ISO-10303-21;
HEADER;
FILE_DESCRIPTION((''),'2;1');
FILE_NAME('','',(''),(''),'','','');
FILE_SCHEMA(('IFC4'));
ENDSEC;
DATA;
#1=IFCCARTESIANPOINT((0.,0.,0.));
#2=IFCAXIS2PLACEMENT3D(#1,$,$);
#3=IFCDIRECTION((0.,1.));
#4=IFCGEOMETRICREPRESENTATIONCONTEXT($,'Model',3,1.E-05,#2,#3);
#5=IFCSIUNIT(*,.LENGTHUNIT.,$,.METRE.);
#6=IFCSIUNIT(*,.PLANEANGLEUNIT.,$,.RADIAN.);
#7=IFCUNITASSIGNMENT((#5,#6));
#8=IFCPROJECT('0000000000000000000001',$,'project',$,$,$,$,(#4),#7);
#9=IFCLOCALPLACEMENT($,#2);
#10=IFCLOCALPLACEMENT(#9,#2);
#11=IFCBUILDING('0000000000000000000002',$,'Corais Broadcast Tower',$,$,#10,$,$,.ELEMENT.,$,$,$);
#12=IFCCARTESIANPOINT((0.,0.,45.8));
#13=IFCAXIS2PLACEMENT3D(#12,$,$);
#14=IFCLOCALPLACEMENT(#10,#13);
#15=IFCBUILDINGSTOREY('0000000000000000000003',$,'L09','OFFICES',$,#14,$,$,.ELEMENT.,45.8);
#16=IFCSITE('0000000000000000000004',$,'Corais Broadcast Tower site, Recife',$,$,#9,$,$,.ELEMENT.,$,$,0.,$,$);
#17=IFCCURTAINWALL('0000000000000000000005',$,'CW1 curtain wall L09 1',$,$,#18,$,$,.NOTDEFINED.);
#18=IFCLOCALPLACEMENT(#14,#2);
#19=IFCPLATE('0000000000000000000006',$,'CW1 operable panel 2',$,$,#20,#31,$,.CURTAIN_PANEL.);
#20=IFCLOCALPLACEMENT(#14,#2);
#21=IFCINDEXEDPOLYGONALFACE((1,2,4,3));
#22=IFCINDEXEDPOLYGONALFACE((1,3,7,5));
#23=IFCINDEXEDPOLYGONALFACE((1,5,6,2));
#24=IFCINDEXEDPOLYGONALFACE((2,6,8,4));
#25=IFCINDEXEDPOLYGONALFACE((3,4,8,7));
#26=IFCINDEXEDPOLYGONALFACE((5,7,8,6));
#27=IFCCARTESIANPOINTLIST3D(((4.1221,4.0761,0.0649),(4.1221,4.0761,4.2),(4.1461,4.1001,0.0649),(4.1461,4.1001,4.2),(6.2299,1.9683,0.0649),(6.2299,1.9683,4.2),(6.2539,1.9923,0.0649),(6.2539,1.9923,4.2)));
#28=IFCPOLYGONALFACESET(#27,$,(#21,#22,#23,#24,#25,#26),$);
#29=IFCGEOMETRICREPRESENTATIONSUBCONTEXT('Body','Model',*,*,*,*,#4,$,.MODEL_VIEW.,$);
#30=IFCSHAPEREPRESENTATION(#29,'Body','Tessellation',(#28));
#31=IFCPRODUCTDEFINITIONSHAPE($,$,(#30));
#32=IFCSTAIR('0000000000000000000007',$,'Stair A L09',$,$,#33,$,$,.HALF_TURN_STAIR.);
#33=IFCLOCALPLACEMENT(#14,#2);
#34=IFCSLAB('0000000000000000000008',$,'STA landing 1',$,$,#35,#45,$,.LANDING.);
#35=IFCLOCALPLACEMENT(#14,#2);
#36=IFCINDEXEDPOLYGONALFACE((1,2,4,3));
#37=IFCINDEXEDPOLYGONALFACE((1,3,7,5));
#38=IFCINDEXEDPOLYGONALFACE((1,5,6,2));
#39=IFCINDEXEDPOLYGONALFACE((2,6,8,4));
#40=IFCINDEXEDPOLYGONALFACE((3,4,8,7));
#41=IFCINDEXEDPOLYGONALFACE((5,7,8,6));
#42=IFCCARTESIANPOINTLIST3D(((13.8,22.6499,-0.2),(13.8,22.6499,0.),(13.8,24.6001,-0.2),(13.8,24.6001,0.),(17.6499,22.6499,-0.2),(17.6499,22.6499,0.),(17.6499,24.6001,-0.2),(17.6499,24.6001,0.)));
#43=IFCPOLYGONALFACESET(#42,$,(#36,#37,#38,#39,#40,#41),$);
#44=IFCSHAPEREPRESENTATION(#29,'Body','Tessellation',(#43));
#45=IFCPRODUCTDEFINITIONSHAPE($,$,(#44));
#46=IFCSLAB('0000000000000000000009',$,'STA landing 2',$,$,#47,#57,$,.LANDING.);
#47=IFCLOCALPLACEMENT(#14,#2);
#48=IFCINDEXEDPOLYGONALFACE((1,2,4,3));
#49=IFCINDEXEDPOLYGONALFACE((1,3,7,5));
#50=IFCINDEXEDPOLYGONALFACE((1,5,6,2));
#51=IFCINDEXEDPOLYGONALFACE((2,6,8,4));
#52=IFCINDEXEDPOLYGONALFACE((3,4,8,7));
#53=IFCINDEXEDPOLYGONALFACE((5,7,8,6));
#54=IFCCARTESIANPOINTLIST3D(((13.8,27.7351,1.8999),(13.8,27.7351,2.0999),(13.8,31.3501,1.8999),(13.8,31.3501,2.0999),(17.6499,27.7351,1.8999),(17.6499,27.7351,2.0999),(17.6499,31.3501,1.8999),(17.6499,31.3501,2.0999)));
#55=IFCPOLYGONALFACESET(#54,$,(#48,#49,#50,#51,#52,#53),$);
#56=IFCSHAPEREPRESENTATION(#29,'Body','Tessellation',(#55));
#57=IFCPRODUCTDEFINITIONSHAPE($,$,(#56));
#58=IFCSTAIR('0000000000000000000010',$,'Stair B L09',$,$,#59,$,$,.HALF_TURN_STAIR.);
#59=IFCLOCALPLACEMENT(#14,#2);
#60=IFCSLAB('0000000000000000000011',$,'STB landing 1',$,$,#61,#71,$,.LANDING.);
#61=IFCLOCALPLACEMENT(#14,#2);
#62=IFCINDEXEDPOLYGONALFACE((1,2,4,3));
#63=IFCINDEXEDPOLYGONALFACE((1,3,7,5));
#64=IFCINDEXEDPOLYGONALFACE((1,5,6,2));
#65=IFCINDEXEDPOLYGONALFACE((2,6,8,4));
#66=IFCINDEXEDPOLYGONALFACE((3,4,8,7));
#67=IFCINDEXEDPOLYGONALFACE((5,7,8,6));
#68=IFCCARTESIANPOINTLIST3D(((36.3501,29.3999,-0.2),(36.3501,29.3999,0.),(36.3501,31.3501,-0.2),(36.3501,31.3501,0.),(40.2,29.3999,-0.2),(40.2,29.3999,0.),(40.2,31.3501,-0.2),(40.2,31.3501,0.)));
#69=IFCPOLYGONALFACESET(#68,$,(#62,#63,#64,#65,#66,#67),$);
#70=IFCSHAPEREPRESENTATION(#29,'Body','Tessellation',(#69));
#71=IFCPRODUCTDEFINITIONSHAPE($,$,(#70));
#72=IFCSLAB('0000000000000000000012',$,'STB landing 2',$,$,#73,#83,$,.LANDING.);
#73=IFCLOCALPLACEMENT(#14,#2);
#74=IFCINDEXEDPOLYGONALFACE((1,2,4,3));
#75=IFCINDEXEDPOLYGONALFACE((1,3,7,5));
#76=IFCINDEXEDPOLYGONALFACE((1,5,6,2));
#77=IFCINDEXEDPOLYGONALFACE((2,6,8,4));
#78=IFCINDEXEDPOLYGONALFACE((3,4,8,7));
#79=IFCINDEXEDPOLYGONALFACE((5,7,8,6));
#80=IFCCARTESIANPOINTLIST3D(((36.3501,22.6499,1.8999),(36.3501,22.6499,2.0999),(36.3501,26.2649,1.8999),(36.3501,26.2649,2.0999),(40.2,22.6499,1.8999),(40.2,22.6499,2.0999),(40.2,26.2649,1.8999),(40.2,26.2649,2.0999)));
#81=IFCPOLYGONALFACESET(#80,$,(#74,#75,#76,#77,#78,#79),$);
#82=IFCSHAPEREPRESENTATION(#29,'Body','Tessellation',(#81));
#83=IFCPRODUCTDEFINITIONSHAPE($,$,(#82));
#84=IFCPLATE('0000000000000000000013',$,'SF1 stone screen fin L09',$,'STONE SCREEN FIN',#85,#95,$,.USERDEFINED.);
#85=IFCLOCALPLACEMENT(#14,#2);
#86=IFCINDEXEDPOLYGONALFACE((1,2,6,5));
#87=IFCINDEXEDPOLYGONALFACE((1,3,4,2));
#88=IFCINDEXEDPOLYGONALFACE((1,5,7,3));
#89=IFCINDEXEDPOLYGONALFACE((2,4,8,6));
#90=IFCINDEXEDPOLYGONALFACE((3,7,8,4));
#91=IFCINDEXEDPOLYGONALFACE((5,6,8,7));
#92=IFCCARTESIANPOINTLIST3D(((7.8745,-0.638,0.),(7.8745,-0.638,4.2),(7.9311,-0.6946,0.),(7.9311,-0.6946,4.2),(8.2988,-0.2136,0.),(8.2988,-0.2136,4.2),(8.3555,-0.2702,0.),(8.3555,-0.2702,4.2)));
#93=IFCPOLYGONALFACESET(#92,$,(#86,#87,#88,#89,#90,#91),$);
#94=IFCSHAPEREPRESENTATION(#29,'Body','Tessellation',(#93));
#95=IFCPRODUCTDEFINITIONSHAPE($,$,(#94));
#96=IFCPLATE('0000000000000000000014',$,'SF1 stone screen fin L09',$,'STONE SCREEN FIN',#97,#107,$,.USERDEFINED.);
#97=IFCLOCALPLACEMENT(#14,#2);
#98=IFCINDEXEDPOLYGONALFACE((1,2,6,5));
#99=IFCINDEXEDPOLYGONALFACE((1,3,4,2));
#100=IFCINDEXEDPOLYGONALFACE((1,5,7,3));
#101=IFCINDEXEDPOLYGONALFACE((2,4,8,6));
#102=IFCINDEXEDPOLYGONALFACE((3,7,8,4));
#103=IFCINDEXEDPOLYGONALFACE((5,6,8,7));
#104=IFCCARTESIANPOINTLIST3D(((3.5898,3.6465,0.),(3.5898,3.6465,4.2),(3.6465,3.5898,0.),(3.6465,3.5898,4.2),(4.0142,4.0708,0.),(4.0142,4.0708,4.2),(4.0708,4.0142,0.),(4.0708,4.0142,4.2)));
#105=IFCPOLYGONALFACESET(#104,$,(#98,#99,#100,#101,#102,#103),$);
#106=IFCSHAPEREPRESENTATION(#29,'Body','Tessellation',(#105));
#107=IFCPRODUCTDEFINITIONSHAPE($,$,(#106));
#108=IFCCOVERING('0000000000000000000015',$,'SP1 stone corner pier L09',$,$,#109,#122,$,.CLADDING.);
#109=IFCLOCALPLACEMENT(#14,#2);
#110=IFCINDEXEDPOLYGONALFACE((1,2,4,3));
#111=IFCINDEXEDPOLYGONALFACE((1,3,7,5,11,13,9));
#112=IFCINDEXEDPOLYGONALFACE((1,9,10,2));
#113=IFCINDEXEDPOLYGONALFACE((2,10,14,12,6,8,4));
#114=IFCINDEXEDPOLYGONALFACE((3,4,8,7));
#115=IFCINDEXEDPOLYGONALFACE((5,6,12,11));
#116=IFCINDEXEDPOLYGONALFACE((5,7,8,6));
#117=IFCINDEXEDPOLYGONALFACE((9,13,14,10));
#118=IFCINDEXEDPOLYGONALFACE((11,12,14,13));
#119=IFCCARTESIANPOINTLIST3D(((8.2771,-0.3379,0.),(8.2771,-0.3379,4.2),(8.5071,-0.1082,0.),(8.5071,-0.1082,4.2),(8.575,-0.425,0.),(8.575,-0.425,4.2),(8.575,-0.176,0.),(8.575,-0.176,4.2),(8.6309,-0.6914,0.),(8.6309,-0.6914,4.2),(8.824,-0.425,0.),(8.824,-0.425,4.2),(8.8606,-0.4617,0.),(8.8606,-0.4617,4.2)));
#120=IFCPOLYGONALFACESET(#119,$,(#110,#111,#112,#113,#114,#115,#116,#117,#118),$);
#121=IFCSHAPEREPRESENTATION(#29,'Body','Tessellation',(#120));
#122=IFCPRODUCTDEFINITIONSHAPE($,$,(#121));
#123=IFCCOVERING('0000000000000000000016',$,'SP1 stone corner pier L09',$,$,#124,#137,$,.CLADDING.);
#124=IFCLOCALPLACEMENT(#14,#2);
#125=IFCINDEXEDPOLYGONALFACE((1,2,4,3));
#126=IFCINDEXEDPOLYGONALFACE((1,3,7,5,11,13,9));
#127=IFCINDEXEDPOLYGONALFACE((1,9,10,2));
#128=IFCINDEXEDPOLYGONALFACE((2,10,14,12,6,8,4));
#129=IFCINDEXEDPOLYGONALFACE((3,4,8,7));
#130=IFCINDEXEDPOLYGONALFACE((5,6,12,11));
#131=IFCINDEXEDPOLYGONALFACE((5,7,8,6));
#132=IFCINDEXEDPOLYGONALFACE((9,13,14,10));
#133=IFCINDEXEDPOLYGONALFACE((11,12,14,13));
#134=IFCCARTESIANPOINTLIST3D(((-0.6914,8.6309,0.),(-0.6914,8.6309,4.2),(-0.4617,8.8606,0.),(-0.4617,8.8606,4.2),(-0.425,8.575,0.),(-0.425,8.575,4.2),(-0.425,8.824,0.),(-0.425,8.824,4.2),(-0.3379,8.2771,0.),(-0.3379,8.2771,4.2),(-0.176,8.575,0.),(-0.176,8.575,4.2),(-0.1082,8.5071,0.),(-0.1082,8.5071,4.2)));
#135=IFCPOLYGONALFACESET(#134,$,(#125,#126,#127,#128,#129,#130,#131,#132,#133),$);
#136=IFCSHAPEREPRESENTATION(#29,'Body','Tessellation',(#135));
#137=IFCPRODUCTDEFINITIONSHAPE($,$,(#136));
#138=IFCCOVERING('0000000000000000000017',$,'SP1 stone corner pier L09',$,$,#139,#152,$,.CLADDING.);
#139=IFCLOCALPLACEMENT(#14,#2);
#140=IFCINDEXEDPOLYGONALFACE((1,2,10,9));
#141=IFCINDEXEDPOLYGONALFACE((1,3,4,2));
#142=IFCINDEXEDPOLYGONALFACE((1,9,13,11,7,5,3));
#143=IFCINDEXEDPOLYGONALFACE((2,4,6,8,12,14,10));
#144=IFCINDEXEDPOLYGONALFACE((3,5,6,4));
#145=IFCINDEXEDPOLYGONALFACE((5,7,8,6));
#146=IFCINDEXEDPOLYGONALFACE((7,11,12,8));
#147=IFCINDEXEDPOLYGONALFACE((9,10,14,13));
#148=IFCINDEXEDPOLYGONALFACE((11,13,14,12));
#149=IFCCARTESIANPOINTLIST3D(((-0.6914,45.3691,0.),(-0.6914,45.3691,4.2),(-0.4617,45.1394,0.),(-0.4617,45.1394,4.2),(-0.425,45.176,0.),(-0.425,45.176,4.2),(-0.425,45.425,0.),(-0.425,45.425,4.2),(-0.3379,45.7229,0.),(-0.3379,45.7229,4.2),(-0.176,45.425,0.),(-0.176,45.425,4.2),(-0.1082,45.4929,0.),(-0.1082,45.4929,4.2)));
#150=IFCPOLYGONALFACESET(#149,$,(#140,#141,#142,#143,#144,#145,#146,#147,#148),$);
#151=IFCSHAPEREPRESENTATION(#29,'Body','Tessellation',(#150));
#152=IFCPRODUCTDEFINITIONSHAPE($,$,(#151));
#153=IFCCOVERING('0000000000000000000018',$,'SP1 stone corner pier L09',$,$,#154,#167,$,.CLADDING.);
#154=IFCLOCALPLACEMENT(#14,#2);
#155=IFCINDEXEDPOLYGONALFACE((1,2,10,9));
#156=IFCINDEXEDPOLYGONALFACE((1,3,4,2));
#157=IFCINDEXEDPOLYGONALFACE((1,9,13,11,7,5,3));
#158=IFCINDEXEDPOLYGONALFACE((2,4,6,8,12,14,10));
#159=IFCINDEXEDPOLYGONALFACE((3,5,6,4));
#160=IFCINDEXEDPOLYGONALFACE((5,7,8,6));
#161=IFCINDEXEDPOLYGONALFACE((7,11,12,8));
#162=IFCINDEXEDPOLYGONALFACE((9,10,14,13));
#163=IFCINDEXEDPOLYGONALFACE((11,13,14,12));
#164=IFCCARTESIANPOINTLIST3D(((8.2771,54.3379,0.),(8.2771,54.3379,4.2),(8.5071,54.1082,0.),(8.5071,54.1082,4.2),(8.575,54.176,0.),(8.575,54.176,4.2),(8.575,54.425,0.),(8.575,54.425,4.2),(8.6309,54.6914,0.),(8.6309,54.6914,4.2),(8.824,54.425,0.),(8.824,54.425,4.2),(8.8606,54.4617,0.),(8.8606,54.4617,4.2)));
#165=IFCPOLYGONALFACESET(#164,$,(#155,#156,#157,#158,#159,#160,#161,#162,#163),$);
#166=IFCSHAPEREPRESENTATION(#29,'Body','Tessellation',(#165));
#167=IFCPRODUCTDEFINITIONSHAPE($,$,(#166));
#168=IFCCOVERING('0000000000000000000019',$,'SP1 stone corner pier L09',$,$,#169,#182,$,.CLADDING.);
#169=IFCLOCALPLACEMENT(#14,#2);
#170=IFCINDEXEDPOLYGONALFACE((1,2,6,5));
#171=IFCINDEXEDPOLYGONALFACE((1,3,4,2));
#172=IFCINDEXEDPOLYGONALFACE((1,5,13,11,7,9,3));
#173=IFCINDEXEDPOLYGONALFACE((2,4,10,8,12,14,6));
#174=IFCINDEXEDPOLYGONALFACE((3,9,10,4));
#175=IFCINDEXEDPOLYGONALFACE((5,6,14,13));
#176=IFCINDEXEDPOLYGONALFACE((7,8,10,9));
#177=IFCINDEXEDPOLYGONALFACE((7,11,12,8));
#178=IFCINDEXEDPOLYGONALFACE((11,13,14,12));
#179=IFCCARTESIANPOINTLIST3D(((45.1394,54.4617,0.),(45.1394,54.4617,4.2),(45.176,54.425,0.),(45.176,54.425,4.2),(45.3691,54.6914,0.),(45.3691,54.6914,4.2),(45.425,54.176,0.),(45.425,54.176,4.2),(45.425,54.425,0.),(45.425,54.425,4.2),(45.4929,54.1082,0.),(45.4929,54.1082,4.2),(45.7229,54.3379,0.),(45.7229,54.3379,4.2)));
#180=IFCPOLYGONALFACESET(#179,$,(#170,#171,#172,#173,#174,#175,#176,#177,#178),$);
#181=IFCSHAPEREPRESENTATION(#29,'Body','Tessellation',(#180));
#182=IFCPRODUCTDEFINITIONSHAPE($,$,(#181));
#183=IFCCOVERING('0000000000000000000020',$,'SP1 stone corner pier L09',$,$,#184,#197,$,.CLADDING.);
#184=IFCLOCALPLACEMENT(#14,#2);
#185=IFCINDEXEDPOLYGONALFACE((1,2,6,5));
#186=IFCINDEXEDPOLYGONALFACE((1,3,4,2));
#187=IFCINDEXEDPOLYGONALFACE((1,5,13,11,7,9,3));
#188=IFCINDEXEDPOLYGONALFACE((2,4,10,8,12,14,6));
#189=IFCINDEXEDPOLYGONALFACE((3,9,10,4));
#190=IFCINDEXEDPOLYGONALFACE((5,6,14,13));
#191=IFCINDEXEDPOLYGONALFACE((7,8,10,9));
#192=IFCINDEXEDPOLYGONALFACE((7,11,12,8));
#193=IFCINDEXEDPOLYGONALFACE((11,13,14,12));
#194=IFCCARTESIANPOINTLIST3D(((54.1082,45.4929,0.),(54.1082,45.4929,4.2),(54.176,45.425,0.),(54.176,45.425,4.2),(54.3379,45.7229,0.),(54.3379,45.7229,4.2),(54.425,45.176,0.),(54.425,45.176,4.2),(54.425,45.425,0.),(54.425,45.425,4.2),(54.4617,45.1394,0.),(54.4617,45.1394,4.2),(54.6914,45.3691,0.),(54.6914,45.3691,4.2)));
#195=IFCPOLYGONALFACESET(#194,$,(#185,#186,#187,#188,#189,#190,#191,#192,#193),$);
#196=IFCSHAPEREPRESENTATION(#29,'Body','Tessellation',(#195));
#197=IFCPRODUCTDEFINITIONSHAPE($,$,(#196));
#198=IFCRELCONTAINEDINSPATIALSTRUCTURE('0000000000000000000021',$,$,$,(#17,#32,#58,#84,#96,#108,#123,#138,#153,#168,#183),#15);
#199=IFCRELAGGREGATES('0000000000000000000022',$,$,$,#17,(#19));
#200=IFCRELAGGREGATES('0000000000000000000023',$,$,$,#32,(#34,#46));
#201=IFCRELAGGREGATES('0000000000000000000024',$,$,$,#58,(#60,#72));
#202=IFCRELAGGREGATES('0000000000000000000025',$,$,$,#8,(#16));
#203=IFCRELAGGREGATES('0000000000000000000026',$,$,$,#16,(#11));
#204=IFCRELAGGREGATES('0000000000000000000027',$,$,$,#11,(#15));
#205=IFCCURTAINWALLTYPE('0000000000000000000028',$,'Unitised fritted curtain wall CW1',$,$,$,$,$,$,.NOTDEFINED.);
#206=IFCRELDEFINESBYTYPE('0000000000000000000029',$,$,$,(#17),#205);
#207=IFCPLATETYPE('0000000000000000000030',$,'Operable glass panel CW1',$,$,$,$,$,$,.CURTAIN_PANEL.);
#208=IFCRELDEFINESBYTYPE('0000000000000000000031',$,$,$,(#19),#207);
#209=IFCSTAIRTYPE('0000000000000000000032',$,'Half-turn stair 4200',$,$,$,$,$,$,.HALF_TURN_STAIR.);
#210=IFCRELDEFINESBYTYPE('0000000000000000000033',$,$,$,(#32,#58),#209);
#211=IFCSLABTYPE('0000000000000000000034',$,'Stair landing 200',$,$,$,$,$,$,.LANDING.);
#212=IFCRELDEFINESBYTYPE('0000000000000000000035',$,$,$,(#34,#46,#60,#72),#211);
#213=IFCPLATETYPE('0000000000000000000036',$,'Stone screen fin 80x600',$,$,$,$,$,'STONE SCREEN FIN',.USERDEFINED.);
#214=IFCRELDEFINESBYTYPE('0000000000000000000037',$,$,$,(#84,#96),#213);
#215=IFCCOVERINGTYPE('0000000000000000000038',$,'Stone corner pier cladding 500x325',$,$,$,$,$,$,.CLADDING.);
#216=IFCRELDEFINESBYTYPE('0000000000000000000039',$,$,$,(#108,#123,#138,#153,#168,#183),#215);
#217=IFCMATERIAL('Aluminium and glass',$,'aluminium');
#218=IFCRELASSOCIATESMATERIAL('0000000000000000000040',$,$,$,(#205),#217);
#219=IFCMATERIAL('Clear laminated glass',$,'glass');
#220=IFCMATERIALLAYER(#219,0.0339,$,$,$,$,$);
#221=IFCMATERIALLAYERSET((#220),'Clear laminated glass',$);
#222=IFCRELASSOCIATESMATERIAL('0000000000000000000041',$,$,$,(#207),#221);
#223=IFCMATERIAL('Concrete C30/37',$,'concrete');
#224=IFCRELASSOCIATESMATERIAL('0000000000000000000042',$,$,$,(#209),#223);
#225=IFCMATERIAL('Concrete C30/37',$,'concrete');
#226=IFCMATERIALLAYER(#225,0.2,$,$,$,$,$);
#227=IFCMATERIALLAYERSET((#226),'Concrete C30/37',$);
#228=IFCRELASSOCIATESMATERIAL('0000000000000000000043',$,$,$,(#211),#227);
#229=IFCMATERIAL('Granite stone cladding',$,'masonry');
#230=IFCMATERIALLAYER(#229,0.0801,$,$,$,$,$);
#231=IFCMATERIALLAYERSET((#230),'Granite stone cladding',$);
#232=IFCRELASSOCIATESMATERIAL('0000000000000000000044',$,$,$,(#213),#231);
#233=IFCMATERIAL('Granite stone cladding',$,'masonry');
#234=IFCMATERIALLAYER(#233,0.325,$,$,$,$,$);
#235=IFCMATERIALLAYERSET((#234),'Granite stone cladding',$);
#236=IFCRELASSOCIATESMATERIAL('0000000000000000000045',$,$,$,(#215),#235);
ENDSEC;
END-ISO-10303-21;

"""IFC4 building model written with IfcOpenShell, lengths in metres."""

from ifc_helpers import new_model, si_unit, direction, frame, origin, origin_2d, place, context, subcontext, project, spatial, polyline, rectangle, outline, extrude, material, layer, layer_set, type_object, element, aggregate, save


model = new_model("IFC4")

# Units and contexts
model_context = context("Model", 3, precision=1e-05, world=origin(), true_north=direction((0.0, 1.0)))
body_context = subcontext(model_context, "Body", "Model", "MODEL_VIEW")
ifc_project = project(units=[si_unit("LENGTHUNIT", "METRE"), si_unit("PLANEANGLEUNIT", "RADIAN")], contexts=[model_context])

# Site, building, storey
site_placement = place(None, origin())
site = spatial("IfcSite", under=ifc_project, at=site_placement, Name="Corais Broadcast Tower site, Recife", CompositionType="ELEMENT", RefElevation=0.0)
building_placement = place(site_placement, origin())
building = spatial("IfcBuilding", under=site, at=building_placement, Name="Corais Broadcast Tower", CompositionType="ELEMENT")
storey_placement = place(building_placement, frame((0.0, 0.0, 45.8)))
storey = spatial("IfcBuildingStorey", under=building, at=storey_placement, Name="L09", Description="OFFICES", CompositionType="ELEMENT", Elevation=45.8)

# Curtain wall
ifc_material_1 = material(Name="Aluminium and glass", Category="aluminium")
curtain_wall_type = type_object("IfcCurtainWallType", Name="Unitised fritted curtain wall CW1", PredefinedType="NOTDEFINED", material=ifc_material_1)
curtain_wall_placement = place(storey_placement, origin())
curtain_wall = element("IfcCurtainWall", 1, at=curtain_wall_placement, inside=storey, type_object=curtain_wall_type, Name="CW1 curtain wall L09 1", PredefinedType="NOTDEFINED")

# Plate
ifc_material_2 = material(Name="Clear laminated glass", Category="glass")
ifc_layer_1 = layer(ifc_material_2, 0.0339)
ifc_layer_set_1 = layer_set([ifc_layer_1], Name="Clear laminated glass")
plate_type_1 = type_object("IfcPlateType", Name="Operable glass panel CW1", PredefinedType="CURTAIN_PANEL", material=ifc_layer_set_1)
plate_1_placement = place(storey_placement, frame((5.188, 3.0342, 0.0649), z_axis=(0.0, 0.0, 1.0), x_axis=(-0.707107, 0.707107, 0.0)))
plate_1 = element("IfcPlate", 2, at=plate_1_placement, type_object=plate_type_1, Name="CW1 operable panel 2", PredefinedType="CURTAIN_PANEL", context=body_context, shape_type="SweptSolid", body=[
    extrude(rectangle(XDim=2.981, YDim=0.0339, at=origin_2d()), origin(), (0.0, 0.0, 1.0), 4.135),
])
aggregate(curtain_wall, [plate_1])

# Stairs, slabs
ifc_material_3 = material(Name="Concrete C30/37", Category="concrete")
stair_type = type_object("IfcStairType", Name="Half-turn stair 4200", PredefinedType="HALF_TURN_STAIR", material=ifc_material_3)
stair_1_placement = place(storey_placement, origin())
stair_1 = element("IfcStair", 3, at=stair_1_placement, inside=storey, type_object=stair_type, Name="Stair A L09", PredefinedType="HALF_TURN_STAIR")
ifc_material_4 = material(Name="Concrete C30/37", Category="concrete")
ifc_layer_2 = layer(ifc_material_4, 0.2)
ifc_layer_set_2 = layer_set([ifc_layer_2], Name="Concrete C30/37")
slab_type_1 = type_object("IfcSlabType", Name="Stair landing 200", PredefinedType="LANDING", material=ifc_layer_set_2)
slab_1_placement = place(storey_placement, frame((0.0, 0.0, -0.2)))
slab_1 = element("IfcSlab", 4, at=slab_1_placement, type_object=slab_type_1, Name="STA landing 1", PredefinedType="LANDING", context=body_context, shape_type="SweptSolid", body=[
    extrude(outline(polyline([(13.8, 22.6499), (17.6499, 22.6499), (17.6499, 24.6001), (13.8, 24.6001), (13.8, 22.6499)])), origin(), (0.0, 0.0, 1.0), 0.2),
])
slab_2_placement = place(storey_placement, frame((0.0, 0.0, 1.8999)))
slab_2 = element("IfcSlab", 5, at=slab_2_placement, type_object=slab_type_1, Name="STA landing 2", PredefinedType="LANDING", context=body_context, shape_type="SweptSolid", body=[
    extrude(outline(polyline([(13.8, 27.7351), (17.6499, 27.7351), (17.6499, 31.3501), (13.8, 31.3501), (13.8, 27.7351)])), origin(), (0.0, 0.0, 1.0), 0.2),
])
aggregate(stair_1, [slab_1, slab_2])
stair_2_placement = place(storey_placement, origin())
stair_2 = element("IfcStair", 6, at=stair_2_placement, inside=storey, type_object=stair_type, Name="Stair B L09", PredefinedType="HALF_TURN_STAIR")
slab_3_placement = place(storey_placement, frame((0.0, 0.0, -0.2)))
slab_3 = element("IfcSlab", 7, at=slab_3_placement, type_object=slab_type_1, Name="STB landing 1", PredefinedType="LANDING", context=body_context, shape_type="SweptSolid", body=[
    extrude(outline(polyline([(36.3501, 29.3999), (40.2, 29.3999), (40.2, 31.3501), (36.3501, 31.3501), (36.3501, 29.3999)])), origin(), (0.0, 0.0, 1.0), 0.2),
])
slab_4_placement = place(storey_placement, frame((0.0, 0.0, 1.8999)))
slab_4 = element("IfcSlab", 8, at=slab_4_placement, type_object=slab_type_1, Name="STB landing 2", PredefinedType="LANDING", context=body_context, shape_type="SweptSolid", body=[
    extrude(outline(polyline([(36.3501, 22.6499), (40.2, 22.6499), (40.2, 26.2649), (36.3501, 26.2649), (36.3501, 22.6499)])), origin(), (0.0, 0.0, 1.0), 0.2),
])
aggregate(stair_2, [slab_3, slab_4])

# Plates
ifc_material_5 = material(Name="Granite stone cladding", Category="masonry")
ifc_layer_3 = layer(ifc_material_5, 0.0801)
ifc_layer_set_3 = layer_set([ifc_layer_3], Name="Granite stone cladding")
plate_type_2 = type_object("IfcPlateType", Name="Stone screen fin 80x600", ElementType="STONE SCREEN FIN", PredefinedType="USERDEFINED", material=ifc_layer_set_3)
for number, where, z_axis, x_axis, name in (
    (9, (8.115, -0.4541, 0.0), (0.0, 0.0, 1.0), (-0.707107, 0.707107, 0.0), "SF1 stone screen fin L09"),
    (10, (3.8303, 3.8303, 0.0), (0.0, 0.0, 1.0), (-0.707107, 0.707107, 0.0), "SF1 stone screen fin L09"),
):
    element("IfcPlate", number, at=place(storey_placement, frame(where, z_axis=z_axis, x_axis=x_axis)), inside=storey, type_object=plate_type_2, Name=name, ObjectType="STONE SCREEN FIN", PredefinedType="USERDEFINED", context=body_context, shape_type="SweptSolid", body=[
        extrude(rectangle(XDim=0.0801, YDim=0.6001, at=origin_2d()), origin(), (0.0, 0.0, 1.0), 4.2),
    ])

# Coverings
ifc_material_6 = material(Name="Granite stone cladding", Category="masonry")
ifc_layer_4 = layer(ifc_material_6, 0.325)
ifc_layer_set_4 = layer_set([ifc_layer_4], Name="Granite stone cladding")
covering_type_1 = type_object("IfcCoveringType", Name="Stone corner pier cladding 500x325", PredefinedType="CLADDING", material=ifc_layer_set_4)
covering_1_placement = place(storey_placement, origin())
element("IfcCovering", 11, at=covering_1_placement, inside=storey, type_object=covering_type_1, Name="SP1 stone corner pier L09", PredefinedType="CLADDING", context=body_context, shape_type="SweptSolid", body=[
    extrude(outline(polyline([(8.8606, -0.4617), (8.824, -0.425), (8.575, -0.425), (8.575, -0.176), (8.5071, -0.1082), (8.2771, -0.3379), (8.6309, -0.6914), (8.8606, -0.4617)])), origin(), (0.0, 0.0, 1.0), 4.2),
])
covering_2_placement = place(storey_placement, origin())
element("IfcCovering", 12, at=covering_2_placement, inside=storey, type_object=covering_type_1, Name="SP1 stone corner pier L09", PredefinedType="CLADDING", context=body_context, shape_type="SweptSolid", body=[
    extrude(outline(polyline([(-0.425, 8.824), (-0.4617, 8.8606), (-0.6914, 8.6309), (-0.3379, 8.2771), (-0.1082, 8.5071), (-0.176, 8.575), (-0.425, 8.575), (-0.425, 8.824)])), origin(), (0.0, 0.0, 1.0), 4.2),
])
covering_3_placement = place(storey_placement, origin())
element("IfcCovering", 13, at=covering_3_placement, inside=storey, type_object=covering_type_1, Name="SP1 stone corner pier L09", PredefinedType="CLADDING", context=body_context, shape_type="SweptSolid", body=[
    extrude(outline(polyline([(-0.4617, 45.1394), (-0.425, 45.176), (-0.425, 45.425), (-0.176, 45.425), (-0.1082, 45.4929), (-0.3379, 45.7229), (-0.6914, 45.3691), (-0.4617, 45.1394)])), origin(), (0.0, 0.0, 1.0), 4.2),
])
covering_4_placement = place(storey_placement, origin())
element("IfcCovering", 14, at=covering_4_placement, inside=storey, type_object=covering_type_1, Name="SP1 stone corner pier L09", PredefinedType="CLADDING", context=body_context, shape_type="SweptSolid", body=[
    extrude(outline(polyline([(8.824, 54.425), (8.8606, 54.4617), (8.6309, 54.6914), (8.2771, 54.3379), (8.5071, 54.1082), (8.575, 54.176), (8.575, 54.425), (8.824, 54.425)])), origin(), (0.0, 0.0, 1.0), 4.2),
])
covering_5_placement = place(storey_placement, origin())
element("IfcCovering", 15, at=covering_5_placement, inside=storey, type_object=covering_type_1, Name="SP1 stone corner pier L09", PredefinedType="CLADDING", context=body_context, shape_type="SweptSolid", body=[
    extrude(outline(polyline([(45.1394, 54.4617), (45.176, 54.425), (45.425, 54.425), (45.425, 54.176), (45.4929, 54.1082), (45.7229, 54.3379), (45.3691, 54.6914), (45.1394, 54.4617)])), origin(), (0.0, 0.0, 1.0), 4.2),
])
covering_6_placement = place(storey_placement, origin())
element("IfcCovering", 16, at=covering_6_placement, inside=storey, type_object=covering_type_1, Name="SP1 stone corner pier L09", PredefinedType="CLADDING", context=body_context, shape_type="SweptSolid", body=[
    extrude(outline(polyline([(54.425, 45.176), (54.4617, 45.1394), (54.6914, 45.3691), (54.3379, 45.7229), (54.1082, 45.4929), (54.176, 45.425), (54.425, 45.425), (54.425, 45.176)])), origin(), (0.0, 0.0, 1.0), 4.2),
])

save(model, "model.ifc")
